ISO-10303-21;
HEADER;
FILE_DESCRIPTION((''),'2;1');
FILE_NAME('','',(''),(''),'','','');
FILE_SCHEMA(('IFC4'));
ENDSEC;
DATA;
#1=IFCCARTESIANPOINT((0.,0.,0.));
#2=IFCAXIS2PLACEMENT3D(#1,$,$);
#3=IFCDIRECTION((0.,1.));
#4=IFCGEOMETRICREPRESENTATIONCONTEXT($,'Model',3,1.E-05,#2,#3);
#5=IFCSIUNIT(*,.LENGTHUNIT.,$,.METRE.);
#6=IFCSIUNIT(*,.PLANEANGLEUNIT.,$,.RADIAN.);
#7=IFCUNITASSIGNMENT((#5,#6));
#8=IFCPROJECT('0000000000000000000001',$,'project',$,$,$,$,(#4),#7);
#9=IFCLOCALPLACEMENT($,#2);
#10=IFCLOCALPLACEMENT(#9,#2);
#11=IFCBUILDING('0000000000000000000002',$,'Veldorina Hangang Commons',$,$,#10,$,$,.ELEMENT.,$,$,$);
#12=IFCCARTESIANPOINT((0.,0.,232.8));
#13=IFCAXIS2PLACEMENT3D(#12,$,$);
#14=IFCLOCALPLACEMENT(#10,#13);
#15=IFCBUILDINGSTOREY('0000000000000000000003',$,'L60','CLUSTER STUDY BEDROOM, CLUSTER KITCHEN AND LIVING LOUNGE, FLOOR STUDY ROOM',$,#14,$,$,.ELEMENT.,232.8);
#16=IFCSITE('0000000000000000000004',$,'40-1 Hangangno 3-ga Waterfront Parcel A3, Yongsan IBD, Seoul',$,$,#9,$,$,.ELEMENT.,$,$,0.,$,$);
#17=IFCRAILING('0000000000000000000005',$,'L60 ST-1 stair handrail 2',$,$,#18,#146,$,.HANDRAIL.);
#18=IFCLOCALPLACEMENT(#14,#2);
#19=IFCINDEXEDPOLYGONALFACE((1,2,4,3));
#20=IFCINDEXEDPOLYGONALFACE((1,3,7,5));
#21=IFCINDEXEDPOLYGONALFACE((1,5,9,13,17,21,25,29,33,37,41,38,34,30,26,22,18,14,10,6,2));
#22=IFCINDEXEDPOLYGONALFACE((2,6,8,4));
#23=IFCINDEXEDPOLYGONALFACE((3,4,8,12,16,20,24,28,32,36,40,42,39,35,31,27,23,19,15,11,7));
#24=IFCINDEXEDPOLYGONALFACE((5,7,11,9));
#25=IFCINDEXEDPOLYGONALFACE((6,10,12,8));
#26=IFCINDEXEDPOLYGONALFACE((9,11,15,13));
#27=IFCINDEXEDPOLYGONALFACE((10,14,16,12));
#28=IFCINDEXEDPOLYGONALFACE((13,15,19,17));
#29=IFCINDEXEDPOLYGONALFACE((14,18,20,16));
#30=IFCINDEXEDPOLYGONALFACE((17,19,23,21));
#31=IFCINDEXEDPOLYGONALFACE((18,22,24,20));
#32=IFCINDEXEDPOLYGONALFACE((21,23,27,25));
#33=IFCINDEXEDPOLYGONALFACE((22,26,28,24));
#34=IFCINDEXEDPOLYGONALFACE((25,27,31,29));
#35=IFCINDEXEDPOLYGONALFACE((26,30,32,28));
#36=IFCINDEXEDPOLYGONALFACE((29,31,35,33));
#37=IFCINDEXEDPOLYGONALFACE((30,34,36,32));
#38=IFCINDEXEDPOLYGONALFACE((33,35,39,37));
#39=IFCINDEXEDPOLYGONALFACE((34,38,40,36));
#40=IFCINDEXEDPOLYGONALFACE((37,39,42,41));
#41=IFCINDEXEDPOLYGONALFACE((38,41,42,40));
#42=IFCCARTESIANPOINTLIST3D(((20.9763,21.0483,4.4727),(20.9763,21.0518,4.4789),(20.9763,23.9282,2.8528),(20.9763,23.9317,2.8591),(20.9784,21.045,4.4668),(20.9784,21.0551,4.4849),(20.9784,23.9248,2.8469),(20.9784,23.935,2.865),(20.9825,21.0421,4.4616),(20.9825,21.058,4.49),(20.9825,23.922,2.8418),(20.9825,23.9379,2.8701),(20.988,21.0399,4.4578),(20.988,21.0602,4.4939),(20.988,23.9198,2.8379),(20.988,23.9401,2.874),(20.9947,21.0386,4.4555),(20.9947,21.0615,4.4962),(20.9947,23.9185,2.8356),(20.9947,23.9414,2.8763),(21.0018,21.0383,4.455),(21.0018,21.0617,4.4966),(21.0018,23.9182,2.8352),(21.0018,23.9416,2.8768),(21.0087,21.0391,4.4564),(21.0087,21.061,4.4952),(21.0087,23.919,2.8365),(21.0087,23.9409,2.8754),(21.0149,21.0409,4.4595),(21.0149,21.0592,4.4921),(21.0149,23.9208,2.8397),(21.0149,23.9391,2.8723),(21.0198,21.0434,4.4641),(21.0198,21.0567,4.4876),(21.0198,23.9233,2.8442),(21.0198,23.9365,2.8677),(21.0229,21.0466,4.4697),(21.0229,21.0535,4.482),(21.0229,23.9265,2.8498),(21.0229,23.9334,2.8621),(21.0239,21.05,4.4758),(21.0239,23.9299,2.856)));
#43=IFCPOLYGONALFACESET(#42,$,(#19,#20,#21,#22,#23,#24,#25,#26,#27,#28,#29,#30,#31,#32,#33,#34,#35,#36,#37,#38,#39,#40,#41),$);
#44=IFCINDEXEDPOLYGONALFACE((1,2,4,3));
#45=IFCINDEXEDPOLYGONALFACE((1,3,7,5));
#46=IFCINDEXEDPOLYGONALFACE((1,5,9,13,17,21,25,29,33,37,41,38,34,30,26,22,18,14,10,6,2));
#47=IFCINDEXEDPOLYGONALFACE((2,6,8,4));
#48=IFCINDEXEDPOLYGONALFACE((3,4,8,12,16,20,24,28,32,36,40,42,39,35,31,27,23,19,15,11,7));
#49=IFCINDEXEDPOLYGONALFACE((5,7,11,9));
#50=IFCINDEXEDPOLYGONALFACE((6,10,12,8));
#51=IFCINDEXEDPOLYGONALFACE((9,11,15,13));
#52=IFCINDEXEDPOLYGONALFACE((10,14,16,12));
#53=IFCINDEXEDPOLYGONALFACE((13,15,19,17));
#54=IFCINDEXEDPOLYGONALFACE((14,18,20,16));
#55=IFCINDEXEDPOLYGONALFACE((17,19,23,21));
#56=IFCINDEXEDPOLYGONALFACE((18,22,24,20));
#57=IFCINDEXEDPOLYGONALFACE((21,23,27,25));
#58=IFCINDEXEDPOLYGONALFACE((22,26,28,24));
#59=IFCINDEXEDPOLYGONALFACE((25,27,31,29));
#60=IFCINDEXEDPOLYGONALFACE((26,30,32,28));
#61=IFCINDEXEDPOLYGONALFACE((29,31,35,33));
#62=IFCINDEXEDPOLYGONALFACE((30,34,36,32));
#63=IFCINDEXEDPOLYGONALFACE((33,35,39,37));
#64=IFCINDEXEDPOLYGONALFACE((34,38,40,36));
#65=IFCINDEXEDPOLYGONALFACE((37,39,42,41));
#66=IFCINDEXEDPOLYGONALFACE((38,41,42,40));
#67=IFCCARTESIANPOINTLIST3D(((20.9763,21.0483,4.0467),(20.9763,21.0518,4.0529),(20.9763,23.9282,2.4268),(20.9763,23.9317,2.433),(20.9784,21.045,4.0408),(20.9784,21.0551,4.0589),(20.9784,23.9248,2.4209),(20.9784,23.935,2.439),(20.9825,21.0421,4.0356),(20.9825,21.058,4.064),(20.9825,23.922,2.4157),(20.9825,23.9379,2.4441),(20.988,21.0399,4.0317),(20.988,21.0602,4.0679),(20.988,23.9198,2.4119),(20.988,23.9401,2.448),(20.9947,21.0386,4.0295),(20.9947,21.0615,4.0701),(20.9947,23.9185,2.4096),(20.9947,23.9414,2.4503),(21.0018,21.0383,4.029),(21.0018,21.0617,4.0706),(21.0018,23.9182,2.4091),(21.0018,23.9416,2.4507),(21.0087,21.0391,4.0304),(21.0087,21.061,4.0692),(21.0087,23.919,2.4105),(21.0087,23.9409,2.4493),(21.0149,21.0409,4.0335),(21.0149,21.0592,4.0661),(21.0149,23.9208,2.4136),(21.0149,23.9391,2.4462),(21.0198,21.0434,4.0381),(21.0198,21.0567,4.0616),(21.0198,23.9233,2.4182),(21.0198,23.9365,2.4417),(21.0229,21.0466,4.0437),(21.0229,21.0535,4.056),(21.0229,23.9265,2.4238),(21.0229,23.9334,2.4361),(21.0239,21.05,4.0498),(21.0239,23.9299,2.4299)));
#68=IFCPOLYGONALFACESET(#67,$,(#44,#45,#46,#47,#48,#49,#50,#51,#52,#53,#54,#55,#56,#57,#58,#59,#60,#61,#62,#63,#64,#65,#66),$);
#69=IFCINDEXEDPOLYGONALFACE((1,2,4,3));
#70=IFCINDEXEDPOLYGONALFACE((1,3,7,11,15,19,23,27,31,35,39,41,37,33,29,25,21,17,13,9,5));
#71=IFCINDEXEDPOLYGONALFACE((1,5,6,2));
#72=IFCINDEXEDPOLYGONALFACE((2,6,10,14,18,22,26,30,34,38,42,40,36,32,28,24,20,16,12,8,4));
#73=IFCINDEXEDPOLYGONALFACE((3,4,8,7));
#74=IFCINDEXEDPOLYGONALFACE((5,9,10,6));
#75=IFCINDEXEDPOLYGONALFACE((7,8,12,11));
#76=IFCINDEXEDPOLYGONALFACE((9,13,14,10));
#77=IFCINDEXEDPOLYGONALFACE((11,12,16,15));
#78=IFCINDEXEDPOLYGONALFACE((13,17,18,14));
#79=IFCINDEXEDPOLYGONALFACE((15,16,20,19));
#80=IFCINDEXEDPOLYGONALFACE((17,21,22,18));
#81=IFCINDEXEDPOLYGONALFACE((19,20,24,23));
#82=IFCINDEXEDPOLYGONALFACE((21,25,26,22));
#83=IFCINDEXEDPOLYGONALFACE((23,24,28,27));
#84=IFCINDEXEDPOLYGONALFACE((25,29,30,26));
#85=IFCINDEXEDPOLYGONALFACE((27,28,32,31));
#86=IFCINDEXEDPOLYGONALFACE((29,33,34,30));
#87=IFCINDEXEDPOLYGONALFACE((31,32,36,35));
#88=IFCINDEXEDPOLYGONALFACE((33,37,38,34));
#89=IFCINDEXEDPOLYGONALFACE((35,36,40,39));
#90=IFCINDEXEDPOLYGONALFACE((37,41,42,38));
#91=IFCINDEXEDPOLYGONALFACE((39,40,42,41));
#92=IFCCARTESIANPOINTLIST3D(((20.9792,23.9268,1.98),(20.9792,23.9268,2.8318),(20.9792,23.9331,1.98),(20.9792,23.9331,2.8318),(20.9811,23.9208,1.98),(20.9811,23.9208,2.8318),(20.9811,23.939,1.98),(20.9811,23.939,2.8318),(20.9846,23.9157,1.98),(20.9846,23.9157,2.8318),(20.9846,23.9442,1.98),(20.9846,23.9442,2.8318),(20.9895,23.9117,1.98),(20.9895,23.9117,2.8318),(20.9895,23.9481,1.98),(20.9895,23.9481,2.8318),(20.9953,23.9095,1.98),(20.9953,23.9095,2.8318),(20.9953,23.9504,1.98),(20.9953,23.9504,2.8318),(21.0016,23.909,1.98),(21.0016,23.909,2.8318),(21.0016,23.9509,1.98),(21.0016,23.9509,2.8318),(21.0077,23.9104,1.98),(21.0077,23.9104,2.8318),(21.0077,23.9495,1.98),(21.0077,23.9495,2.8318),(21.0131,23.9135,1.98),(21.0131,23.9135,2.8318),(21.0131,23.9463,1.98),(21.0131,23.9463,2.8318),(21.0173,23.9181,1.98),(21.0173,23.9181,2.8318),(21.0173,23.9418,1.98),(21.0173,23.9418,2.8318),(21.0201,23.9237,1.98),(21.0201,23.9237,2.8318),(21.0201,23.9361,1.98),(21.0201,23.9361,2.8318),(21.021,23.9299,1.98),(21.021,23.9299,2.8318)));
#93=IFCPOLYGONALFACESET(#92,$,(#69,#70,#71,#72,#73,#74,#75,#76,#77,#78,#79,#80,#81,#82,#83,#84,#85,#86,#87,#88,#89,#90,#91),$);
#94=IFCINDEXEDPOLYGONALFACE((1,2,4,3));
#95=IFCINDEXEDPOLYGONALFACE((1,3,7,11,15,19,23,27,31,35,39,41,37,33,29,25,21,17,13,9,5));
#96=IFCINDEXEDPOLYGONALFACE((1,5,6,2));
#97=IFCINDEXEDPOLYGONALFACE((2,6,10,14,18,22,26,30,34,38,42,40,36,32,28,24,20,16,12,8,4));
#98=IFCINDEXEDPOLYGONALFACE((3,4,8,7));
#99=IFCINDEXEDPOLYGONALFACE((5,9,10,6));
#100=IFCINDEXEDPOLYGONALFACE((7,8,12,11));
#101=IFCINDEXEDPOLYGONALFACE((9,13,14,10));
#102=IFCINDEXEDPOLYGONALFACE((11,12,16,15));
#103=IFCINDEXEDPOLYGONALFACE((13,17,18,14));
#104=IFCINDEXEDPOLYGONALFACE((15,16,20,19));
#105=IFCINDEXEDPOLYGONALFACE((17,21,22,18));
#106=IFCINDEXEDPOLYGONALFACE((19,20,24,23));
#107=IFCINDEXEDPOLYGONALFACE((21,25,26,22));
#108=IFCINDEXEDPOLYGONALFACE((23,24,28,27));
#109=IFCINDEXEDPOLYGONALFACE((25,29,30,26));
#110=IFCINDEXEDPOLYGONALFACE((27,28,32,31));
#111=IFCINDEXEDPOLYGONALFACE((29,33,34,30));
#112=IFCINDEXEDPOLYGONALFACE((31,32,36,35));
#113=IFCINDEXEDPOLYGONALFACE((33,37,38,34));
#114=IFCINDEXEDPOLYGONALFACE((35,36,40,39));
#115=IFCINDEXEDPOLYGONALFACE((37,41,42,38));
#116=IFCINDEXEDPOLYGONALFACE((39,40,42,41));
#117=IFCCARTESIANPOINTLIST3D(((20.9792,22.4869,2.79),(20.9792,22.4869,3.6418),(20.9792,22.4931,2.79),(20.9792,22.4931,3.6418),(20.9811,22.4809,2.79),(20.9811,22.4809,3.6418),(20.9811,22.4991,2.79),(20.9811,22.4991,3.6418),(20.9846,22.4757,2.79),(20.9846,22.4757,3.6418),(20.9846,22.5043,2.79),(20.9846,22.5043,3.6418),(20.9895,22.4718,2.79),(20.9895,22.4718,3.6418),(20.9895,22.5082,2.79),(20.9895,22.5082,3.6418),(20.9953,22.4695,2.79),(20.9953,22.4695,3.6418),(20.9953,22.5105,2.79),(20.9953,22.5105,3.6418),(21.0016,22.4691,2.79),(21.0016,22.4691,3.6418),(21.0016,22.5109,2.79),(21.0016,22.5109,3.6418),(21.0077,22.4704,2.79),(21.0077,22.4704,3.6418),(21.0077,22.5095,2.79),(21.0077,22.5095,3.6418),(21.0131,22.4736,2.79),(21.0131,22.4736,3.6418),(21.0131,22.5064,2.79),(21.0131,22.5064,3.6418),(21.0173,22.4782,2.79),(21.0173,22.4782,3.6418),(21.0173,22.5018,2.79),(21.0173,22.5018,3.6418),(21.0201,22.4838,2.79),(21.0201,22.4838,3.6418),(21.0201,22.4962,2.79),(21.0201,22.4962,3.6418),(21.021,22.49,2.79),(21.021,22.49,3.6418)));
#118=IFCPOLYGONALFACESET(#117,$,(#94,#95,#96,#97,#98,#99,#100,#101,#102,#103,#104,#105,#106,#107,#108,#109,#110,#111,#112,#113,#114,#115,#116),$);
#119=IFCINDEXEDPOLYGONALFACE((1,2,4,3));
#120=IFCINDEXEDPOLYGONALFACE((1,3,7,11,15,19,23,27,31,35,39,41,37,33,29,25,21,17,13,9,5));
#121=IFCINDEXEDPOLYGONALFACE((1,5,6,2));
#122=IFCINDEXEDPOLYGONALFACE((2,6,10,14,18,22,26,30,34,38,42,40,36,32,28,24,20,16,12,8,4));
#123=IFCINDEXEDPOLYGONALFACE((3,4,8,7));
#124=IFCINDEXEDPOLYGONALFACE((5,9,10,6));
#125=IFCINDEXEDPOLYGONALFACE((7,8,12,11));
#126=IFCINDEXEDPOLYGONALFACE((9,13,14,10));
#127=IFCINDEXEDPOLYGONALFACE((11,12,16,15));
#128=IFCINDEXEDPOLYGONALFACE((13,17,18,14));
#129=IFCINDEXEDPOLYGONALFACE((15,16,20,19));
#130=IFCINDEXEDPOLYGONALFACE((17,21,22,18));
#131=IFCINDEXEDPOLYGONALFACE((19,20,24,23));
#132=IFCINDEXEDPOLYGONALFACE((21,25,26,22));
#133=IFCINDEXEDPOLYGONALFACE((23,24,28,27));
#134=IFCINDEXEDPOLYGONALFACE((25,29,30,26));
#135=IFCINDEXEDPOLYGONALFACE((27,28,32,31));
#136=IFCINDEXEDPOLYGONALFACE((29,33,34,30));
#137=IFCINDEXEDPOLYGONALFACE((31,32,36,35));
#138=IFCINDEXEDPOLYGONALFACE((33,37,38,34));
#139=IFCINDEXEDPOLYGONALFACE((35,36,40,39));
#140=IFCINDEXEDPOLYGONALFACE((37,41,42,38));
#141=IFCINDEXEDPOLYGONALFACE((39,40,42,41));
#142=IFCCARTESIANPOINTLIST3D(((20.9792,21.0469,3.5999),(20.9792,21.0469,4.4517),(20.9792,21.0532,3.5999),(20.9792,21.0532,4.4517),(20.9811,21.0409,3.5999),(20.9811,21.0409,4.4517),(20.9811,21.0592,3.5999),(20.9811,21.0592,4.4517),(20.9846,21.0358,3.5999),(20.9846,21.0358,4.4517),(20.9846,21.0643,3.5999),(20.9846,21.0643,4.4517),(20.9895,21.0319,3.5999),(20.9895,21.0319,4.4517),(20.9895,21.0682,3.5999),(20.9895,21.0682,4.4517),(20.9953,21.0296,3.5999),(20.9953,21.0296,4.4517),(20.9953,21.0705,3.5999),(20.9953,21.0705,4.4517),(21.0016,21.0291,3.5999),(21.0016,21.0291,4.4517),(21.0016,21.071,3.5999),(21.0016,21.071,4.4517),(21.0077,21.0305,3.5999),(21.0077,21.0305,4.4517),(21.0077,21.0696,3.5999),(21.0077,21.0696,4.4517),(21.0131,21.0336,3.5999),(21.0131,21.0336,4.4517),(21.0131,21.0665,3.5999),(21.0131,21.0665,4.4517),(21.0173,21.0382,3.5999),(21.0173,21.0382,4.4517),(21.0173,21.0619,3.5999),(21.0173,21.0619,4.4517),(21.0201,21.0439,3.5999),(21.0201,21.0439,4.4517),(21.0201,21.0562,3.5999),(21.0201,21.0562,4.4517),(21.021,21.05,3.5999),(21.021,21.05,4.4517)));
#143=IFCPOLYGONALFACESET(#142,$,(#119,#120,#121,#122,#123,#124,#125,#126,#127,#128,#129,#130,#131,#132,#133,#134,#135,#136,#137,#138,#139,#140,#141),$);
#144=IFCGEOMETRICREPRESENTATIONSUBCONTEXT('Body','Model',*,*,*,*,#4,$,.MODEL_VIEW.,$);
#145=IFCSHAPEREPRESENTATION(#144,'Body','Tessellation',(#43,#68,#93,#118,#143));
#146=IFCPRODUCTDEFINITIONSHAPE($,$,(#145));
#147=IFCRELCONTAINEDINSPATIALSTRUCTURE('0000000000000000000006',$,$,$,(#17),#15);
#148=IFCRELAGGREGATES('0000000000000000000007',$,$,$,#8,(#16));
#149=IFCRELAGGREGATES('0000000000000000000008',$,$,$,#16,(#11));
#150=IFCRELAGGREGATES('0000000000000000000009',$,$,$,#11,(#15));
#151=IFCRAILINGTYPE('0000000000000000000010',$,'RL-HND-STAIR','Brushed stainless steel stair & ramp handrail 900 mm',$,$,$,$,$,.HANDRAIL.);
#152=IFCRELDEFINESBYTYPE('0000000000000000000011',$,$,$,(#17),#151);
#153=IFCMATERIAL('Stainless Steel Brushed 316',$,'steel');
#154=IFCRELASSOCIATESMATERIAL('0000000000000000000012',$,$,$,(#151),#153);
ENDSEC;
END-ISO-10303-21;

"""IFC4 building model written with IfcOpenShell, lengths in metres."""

from ifc_helpers import new_model, si_unit, direction, frame, origin, origin_2d, place, context, subcontext, project, spatial, circle, extrude, material, type_object, element, save


model = new_model("IFC4")

# Units and contexts
model_context = context("Model", 3, precision=1e-05, world=origin(), true_north=direction((0.0, 1.0)))
body_context = subcontext(model_context, "Body", "Model", "MODEL_VIEW")
ifc_project = project(units=[si_unit("LENGTHUNIT", "METRE"), si_unit("PLANEANGLEUNIT", "RADIAN")], contexts=[model_context])

# Site, building, storey
site_placement = place(None, origin())
site = spatial("IfcSite", under=ifc_project, at=site_placement, Name="40-1 Hangangno 3-ga Waterfront Parcel A3, Yongsan IBD, Seoul", CompositionType="ELEMENT", RefElevation=0.0)
building_placement = place(site_placement, origin())
building = spatial("IfcBuilding", under=site, at=building_placement, Name="Veldorina Hangang Commons", CompositionType="ELEMENT")
storey_placement = place(building_placement, frame((0.0, 0.0, 232.8)))
storey = spatial("IfcBuildingStorey", under=building, at=storey_placement, Name="L60", Description="CLUSTER STUDY BEDROOM, CLUSTER KITCHEN AND LIVING LOUNGE, FLOOR STUDY ROOM", CompositionType="ELEMENT", Elevation=232.8)

# Railing
ifc_material_1 = material(Name="Stainless Steel Brushed 316", Category="steel")
railing_type = type_object("IfcRailingType", Name="RL-HND-STAIR", Description="Brushed stainless steel stair & ramp handrail 900 mm", PredefinedType="HANDRAIL", material=ifc_material_1)
railing_placement = place(storey_placement, frame((21.0, 23.9299, 1.98)))
element("IfcRailing", 1, at=railing_placement, inside=storey, type_object=railing_type, Name="L60 ST-1 stair handrail 2", PredefinedType="HANDRAIL", context=body_context, shape_type="SweptSolid", body=[
    extrude(circle(Radius=0.0239, at=origin_2d()), frame((0.0, 0.0, 0.876), z_axis=(0.0, -0.871583, 0.490247), x_axis=(1.0, 0.0, 0.0)), (0.0, 0.0, 1.0), 3.3042),
    extrude(circle(Radius=0.0239, at=origin_2d()), frame((0.0, 0.0, 0.45), z_axis=(0.0, -0.871583, 0.490247), x_axis=(1.0, 0.0, 0.0)), (0.0, 0.0, 1.0), 3.3042),
    extrude(circle(Radius=0.021, at=origin_2d()), origin(), (0.0, 0.0, 1.0), 0.8518),
    extrude(circle(Radius=0.021, at=origin_2d()), frame((0.0, -1.4399, 0.8101)), (0.0, 0.0, 1.0), 0.8518),
    extrude(circle(Radius=0.021, at=origin_2d()), frame((0.0, -2.8799, 1.6199)), (0.0, 0.0, 1.0), 0.8518),
])

save(model, "model.ifc")
